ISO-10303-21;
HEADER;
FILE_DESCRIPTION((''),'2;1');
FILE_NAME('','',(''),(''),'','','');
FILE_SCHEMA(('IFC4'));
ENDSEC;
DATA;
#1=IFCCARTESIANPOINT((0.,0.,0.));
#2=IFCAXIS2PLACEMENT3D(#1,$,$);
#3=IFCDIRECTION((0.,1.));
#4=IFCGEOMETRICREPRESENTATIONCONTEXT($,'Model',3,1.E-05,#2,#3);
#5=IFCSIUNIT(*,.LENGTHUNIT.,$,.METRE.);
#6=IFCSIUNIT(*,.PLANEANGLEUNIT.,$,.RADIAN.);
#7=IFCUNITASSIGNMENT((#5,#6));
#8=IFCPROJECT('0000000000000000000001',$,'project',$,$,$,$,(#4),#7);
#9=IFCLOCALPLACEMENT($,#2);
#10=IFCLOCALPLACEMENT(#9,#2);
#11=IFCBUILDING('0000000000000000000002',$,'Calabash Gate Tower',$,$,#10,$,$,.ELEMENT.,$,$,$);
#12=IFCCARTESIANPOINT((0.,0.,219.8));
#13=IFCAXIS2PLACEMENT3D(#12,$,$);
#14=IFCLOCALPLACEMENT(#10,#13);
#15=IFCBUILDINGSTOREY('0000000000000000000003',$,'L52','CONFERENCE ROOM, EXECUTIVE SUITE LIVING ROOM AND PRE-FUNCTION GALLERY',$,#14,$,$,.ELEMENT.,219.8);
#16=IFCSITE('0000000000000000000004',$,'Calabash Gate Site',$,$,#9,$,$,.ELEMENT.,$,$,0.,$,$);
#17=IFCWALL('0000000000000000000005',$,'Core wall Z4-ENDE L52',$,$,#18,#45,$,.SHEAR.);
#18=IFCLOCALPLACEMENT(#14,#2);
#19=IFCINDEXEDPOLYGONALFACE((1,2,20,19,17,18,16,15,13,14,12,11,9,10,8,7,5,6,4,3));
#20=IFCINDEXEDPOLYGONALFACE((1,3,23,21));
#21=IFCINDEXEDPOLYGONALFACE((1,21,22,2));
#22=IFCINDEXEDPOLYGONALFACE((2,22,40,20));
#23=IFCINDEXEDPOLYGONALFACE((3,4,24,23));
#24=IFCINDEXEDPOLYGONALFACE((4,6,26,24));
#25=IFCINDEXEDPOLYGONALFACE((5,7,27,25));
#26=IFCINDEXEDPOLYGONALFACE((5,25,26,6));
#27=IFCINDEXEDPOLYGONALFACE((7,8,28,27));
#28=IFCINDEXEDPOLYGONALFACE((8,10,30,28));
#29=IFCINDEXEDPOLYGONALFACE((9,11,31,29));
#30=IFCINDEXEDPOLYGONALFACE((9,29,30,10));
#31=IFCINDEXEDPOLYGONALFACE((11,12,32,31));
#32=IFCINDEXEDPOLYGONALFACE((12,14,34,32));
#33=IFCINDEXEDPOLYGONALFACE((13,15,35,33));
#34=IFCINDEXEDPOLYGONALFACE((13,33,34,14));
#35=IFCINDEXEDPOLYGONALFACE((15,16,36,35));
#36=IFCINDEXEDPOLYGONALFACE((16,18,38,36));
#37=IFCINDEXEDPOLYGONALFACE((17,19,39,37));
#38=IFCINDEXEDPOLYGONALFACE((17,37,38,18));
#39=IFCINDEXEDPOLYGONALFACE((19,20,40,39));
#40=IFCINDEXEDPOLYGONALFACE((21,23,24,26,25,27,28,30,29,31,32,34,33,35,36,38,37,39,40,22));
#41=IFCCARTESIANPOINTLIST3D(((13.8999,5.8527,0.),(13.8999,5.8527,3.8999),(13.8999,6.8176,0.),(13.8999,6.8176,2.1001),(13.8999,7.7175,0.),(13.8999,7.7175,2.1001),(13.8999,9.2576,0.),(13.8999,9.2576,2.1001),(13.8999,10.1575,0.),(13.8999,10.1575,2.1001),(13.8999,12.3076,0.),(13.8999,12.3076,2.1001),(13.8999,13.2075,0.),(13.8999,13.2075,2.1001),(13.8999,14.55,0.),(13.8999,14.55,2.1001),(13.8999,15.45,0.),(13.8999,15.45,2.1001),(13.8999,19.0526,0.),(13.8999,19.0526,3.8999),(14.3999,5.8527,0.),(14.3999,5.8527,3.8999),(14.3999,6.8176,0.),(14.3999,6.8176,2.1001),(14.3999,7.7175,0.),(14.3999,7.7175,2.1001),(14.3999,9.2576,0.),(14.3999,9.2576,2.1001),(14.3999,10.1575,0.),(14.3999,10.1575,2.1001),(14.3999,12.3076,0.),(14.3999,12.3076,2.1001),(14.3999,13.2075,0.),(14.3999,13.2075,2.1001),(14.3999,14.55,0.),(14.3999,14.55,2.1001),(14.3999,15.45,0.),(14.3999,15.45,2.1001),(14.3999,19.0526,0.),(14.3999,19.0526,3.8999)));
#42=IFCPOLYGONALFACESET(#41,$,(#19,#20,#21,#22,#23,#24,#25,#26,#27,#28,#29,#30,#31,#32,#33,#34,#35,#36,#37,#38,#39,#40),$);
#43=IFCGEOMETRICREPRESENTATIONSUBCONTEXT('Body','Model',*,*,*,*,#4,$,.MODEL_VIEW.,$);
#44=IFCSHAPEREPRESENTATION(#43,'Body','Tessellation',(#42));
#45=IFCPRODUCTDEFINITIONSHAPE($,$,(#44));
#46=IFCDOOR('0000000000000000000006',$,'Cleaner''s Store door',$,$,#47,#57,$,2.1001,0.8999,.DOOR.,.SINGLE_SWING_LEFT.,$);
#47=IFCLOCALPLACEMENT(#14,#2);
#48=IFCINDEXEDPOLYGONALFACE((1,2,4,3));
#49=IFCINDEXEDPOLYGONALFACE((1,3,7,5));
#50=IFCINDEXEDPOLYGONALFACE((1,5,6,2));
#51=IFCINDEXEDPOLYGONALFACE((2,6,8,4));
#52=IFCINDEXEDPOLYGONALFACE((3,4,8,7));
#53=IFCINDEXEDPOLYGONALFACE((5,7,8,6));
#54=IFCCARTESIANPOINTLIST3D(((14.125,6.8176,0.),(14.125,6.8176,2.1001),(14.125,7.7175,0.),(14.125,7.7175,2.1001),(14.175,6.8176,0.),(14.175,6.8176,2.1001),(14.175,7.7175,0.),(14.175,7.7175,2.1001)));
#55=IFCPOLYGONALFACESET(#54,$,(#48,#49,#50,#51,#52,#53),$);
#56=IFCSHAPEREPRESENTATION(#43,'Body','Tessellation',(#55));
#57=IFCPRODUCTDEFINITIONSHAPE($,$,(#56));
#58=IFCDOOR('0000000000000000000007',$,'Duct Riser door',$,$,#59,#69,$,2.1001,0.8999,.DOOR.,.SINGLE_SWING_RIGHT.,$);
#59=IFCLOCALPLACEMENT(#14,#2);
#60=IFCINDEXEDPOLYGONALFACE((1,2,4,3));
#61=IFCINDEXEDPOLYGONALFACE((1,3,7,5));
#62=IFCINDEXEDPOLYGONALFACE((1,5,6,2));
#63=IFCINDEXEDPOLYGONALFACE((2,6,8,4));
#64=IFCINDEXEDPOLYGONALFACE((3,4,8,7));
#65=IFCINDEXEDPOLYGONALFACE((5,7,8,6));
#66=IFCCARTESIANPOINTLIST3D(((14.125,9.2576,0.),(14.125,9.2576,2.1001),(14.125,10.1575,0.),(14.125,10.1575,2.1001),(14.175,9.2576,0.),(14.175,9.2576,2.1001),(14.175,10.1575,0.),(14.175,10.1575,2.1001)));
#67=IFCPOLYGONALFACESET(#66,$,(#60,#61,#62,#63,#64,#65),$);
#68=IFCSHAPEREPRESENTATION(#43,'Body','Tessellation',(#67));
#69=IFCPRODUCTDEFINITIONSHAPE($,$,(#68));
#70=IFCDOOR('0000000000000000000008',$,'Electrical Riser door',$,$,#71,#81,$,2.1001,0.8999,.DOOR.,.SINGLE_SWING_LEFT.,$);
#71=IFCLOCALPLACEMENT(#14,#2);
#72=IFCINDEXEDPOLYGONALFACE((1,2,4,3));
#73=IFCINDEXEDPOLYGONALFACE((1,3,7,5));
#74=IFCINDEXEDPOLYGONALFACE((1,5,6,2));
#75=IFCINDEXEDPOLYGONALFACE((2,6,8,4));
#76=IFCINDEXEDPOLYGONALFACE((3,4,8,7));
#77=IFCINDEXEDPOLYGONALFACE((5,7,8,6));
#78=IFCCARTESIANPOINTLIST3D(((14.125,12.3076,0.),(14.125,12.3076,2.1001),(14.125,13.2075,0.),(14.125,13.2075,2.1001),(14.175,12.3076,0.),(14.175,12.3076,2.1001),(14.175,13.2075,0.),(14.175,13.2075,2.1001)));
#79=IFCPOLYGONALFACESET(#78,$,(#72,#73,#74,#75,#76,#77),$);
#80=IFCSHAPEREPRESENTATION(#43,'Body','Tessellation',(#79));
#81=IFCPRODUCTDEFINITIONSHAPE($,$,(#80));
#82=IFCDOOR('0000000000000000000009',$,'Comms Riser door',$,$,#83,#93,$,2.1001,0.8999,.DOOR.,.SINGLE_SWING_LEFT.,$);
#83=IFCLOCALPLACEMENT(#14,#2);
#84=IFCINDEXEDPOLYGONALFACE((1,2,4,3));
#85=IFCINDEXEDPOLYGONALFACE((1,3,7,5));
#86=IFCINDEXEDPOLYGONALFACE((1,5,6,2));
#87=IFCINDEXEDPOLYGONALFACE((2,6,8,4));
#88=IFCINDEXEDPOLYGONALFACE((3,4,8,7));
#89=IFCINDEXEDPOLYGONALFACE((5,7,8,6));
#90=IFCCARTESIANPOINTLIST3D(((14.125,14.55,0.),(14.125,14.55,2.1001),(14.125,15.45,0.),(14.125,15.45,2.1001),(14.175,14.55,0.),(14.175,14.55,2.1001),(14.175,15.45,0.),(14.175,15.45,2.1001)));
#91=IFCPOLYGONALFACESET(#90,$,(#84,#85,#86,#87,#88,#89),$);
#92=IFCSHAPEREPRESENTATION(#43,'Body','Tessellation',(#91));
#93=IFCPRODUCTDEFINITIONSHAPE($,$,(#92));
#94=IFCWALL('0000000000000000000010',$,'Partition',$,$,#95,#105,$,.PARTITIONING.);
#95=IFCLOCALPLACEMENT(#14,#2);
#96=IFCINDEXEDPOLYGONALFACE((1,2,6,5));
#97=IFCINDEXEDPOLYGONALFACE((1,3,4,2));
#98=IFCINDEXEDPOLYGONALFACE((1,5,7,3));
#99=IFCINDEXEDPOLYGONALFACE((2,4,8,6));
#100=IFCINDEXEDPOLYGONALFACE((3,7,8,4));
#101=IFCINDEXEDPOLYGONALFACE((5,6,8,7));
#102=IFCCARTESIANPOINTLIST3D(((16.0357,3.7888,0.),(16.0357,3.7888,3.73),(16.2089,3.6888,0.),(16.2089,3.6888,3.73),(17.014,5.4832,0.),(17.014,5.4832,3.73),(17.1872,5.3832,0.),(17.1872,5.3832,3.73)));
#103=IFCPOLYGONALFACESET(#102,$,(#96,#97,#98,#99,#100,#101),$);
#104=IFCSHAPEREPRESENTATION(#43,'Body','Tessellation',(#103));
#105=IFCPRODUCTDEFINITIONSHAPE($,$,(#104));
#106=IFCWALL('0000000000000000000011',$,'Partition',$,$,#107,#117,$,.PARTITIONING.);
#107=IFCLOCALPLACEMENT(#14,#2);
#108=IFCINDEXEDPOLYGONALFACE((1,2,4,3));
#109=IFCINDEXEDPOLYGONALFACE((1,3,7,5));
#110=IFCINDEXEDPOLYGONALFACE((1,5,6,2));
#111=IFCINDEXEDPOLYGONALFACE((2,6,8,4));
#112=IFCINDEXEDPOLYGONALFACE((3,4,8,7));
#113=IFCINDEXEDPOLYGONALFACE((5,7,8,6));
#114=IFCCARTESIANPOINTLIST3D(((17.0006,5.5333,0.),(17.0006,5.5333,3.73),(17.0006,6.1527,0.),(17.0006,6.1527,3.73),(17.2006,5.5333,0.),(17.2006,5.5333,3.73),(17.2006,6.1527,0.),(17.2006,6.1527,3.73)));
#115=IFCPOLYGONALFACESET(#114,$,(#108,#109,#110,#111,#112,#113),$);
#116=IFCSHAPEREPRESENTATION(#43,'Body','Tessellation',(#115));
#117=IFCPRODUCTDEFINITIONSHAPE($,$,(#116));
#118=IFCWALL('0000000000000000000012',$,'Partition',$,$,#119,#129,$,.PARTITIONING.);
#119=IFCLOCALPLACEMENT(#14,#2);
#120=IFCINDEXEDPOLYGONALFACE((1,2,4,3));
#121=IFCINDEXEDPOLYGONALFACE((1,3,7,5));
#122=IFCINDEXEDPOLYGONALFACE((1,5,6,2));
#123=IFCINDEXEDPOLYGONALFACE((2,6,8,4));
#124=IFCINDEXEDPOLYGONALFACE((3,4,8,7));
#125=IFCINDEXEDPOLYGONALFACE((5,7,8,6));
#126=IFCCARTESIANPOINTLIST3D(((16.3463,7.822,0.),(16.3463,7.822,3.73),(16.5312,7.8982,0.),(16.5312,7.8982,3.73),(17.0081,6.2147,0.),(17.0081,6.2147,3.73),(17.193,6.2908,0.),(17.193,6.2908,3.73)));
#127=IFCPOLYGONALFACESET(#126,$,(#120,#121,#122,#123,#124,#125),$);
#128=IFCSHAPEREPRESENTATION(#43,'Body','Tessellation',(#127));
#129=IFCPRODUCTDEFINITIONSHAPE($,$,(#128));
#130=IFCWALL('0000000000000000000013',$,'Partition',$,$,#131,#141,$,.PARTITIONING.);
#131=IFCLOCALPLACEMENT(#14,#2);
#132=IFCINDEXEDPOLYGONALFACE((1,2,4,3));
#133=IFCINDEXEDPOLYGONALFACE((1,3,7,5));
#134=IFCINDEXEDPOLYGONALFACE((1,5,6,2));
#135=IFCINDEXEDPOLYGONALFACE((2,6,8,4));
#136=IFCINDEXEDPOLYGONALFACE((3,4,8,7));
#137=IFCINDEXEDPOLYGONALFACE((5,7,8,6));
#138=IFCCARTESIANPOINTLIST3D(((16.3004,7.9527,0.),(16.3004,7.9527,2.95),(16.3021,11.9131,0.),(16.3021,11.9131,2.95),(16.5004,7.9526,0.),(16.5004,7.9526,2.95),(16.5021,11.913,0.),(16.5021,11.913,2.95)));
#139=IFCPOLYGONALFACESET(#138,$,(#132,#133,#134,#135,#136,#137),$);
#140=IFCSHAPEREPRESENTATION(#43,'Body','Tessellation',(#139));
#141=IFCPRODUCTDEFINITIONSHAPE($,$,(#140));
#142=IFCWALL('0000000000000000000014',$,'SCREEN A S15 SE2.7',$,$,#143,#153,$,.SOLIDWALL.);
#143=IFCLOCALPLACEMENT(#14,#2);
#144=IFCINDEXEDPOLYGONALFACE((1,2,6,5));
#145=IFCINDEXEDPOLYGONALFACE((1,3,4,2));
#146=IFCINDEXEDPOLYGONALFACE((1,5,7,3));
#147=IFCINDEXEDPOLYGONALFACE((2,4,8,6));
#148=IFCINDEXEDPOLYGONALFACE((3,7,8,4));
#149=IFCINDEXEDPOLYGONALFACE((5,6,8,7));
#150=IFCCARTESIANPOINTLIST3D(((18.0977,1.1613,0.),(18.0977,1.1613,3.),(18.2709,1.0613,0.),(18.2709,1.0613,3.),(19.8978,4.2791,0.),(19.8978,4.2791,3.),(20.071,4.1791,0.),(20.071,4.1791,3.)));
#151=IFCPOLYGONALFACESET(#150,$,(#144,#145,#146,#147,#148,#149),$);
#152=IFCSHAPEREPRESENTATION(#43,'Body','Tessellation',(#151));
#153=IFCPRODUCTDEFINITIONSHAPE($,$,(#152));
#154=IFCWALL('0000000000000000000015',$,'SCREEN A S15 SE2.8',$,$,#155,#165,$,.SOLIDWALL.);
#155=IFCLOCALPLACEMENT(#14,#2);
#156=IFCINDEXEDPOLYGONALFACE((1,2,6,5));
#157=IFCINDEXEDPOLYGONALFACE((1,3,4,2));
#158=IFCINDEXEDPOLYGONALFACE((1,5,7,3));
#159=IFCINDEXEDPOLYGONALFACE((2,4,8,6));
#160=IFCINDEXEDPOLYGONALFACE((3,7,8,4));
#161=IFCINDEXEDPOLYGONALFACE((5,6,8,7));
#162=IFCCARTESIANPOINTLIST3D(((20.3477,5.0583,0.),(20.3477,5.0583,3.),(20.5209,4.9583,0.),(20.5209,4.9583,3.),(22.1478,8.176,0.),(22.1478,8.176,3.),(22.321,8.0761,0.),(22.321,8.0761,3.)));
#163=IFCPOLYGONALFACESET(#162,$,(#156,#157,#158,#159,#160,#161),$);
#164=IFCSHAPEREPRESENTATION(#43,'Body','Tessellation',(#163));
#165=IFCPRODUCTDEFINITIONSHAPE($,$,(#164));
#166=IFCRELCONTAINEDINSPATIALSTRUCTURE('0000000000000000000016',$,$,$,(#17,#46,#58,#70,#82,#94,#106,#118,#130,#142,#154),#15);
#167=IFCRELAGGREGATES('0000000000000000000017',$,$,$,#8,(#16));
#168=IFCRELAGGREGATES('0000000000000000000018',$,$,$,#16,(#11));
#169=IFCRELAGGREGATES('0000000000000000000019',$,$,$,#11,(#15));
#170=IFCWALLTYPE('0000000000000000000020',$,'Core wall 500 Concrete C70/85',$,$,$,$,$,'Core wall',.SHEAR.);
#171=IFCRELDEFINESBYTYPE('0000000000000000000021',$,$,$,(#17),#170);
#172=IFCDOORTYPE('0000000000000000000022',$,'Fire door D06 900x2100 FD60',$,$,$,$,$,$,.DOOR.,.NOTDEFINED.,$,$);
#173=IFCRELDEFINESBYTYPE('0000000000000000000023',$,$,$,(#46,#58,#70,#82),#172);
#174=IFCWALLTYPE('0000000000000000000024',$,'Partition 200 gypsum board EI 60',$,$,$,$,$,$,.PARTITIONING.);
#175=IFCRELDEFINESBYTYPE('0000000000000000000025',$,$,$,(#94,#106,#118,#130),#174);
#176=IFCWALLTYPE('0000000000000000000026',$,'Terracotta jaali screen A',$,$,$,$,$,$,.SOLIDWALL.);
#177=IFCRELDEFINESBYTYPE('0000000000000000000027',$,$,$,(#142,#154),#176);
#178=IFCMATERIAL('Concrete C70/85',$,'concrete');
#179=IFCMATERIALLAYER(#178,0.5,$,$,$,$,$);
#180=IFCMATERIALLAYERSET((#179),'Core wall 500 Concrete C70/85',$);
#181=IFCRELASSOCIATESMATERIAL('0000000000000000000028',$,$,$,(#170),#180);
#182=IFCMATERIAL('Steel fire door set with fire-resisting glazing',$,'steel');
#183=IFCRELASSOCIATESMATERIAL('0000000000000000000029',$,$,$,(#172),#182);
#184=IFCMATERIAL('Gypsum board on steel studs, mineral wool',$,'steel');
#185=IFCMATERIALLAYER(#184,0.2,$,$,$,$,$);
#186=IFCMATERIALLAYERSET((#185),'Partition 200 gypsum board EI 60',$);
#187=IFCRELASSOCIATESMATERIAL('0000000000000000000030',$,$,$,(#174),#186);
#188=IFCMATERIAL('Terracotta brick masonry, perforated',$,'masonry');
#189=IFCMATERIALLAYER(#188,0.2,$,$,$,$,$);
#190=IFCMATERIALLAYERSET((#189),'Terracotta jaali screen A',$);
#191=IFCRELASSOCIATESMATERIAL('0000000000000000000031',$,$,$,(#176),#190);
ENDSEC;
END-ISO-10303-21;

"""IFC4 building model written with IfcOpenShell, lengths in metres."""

from ifc_helpers import new_model, si_unit, direction, frame, frame_2d, origin, place, context, subcontext, project, spatial, rectangle, extrude, material, layer, layer_set, type_object, element, fill, save


model = new_model("IFC4")

# Units and contexts
model_context = context("Model", 3, precision=1e-05, world=origin(), true_north=direction((0.0, 1.0)))
body_context = subcontext(model_context, "Body", "Model", "MODEL_VIEW")
ifc_project = project(units=[si_unit("LENGTHUNIT", "METRE"), si_unit("PLANEANGLEUNIT", "RADIAN")], contexts=[model_context])

# Site, building, storey
site_placement = place(None, origin())
site = spatial("IfcSite", under=ifc_project, at=site_placement, Name="Calabash Gate Site", CompositionType="ELEMENT", RefElevation=0.0)
building_placement = place(site_placement, origin())
building = spatial("IfcBuilding", under=site, at=building_placement, Name="Calabash Gate Tower", CompositionType="ELEMENT")
storey_placement = place(building_placement, frame((0.0, 0.0, 219.8)))
storey = spatial("IfcBuildingStorey", under=building, at=storey_placement, Name="L52", Description="CONFERENCE ROOM, EXECUTIVE SUITE LIVING ROOM AND PRE-FUNCTION GALLERY", CompositionType="ELEMENT", Elevation=219.8)

# Wall, openings, doors
ifc_material_1 = material(Name="Concrete C70/85", Category="concrete")
ifc_layer_1 = layer(ifc_material_1, 0.5)
ifc_layer_set_1 = layer_set([ifc_layer_1], Name="Core wall 500 Concrete C70/85")
wall_type_1 = type_object("IfcWallType", Name="Core wall 500 Concrete C70/85", ElementType="Core wall", PredefinedType="SHEAR", material=ifc_layer_set_1)
wall_1_placement = place(storey_placement, frame((14.1499, 5.8525, 0.0), z_axis=(0.0, 0.0, 1.0), x_axis=(0.0, 1.0, 0.0)))
wall_1 = element("IfcWall", 1, at=wall_1_placement, inside=storey, type_object=wall_type_1, Name="Core wall Z4-ENDE L52", PredefinedType="SHEAR", context=body_context, shape_type="SweptSolid", body=[
    extrude(rectangle(XDim=13.2, YDim=0.5, at=frame_2d((6.6001, 0.0))), origin(), (0.0, 0.0, 1.0), 3.8999),
])
opening_1_placement = place(wall_1_placement, frame((0.9651, 0.0, 0.0)))
opening_1 = element("IfcOpeningElement", 2, at=opening_1_placement, cuts=wall_1, PredefinedType="OPENING", context=body_context, shape_type="SweptSolid", body=[
    extrude(rectangle(XDim=0.8999, YDim=2.1001, at=frame_2d((0.45, 1.05))), frame((0.0, 0.26, 0.0), z_axis=(0.0, -1.0, 0.0), x_axis=(1.0, 0.0, 0.0)), (0.0, 0.0, 1.0), 0.52),
])
opening_2_placement = place(wall_1_placement, frame((3.405, 0.0, 0.0)))
opening_2 = element("IfcOpeningElement", 3, at=opening_2_placement, cuts=wall_1, PredefinedType="OPENING", context=body_context, shape_type="SweptSolid", body=[
    extrude(rectangle(XDim=0.8999, YDim=2.1001, at=frame_2d((0.45, 1.05))), frame((0.0, 0.26, 0.0), z_axis=(0.0, -1.0, 0.0), x_axis=(1.0, 0.0, 0.0)), (0.0, 0.0, 1.0), 0.52),
])
opening_3_placement = place(wall_1_placement, frame((6.4551, 0.0, 0.0)))
opening_3 = element("IfcOpeningElement", 4, at=opening_3_placement, cuts=wall_1, PredefinedType="OPENING", context=body_context, shape_type="SweptSolid", body=[
    extrude(rectangle(XDim=0.8999, YDim=2.1001, at=frame_2d((0.45, 1.05))), frame((0.0, 0.26, 0.0), z_axis=(0.0, -1.0, 0.0), x_axis=(1.0, 0.0, 0.0)), (0.0, 0.0, 1.0), 0.52),
])
opening_4_placement = place(wall_1_placement, frame((8.6975, 0.0, 0.0)))
opening_4 = element("IfcOpeningElement", 5, at=opening_4_placement, cuts=wall_1, PredefinedType="OPENING", context=body_context, shape_type="SweptSolid", body=[
    extrude(rectangle(XDim=0.8999, YDim=2.1001, at=frame_2d((0.45, 1.05))), frame((0.0, 0.26, 0.0), z_axis=(0.0, -1.0, 0.0), x_axis=(1.0, 0.0, 0.0)), (0.0, 0.0, 1.0), 0.52),
])
ifc_material_2 = material(Name="Steel fire door set with fire-resisting glazing", Category="steel")
door_type_1 = type_object("IfcDoorType", Name="Fire door D06 900x2100 FD60", OperationType="NOTDEFINED", PredefinedType="DOOR", material=ifc_material_2)
door_1_placement = place(opening_1_placement, origin())
door_1 = element("IfcDoor", 6, at=door_1_placement, inside=storey, type_object=door_type_1, Name="Cleaner's Store door", OperationType="SINGLE_SWING_LEFT", OverallHeight=2.1001, OverallWidth=0.8999, PredefinedType="DOOR", context=body_context, shape_type="SweptSolid", body=[
    extrude(rectangle(XDim=0.8999, YDim=2.1001, at=frame_2d((0.45, 1.05))), frame((0.0, 0.0249, 0.0), z_axis=(0.0, -1.0, 0.0), x_axis=(1.0, 0.0, 0.0)), (0.0, 0.0, 1.0), 0.05),
])
fill(opening_1, door_1)
door_2_placement = place(opening_2_placement, origin())
door_2 = element("IfcDoor", 7, at=door_2_placement, inside=storey, type_object=door_type_1, Name="Duct Riser door", OperationType="SINGLE_SWING_RIGHT", OverallHeight=2.1001, OverallWidth=0.8999, PredefinedType="DOOR", context=body_context, shape_type="SweptSolid", body=[
    extrude(rectangle(XDim=0.8999, YDim=2.1001, at=frame_2d((0.45, 1.05))), frame((0.0, 0.0249, 0.0), z_axis=(0.0, -1.0, 0.0), x_axis=(1.0, 0.0, 0.0)), (0.0, 0.0, 1.0), 0.05),
])
fill(opening_2, door_2)
door_3_placement = place(opening_3_placement, origin())
door_3 = element("IfcDoor", 8, at=door_3_placement, inside=storey, type_object=door_type_1, Name="Electrical Riser door", OperationType="SINGLE_SWING_LEFT", OverallHeight=2.1001, OverallWidth=0.8999, PredefinedType="DOOR", context=body_context, shape_type="SweptSolid", body=[
    extrude(rectangle(XDim=0.8999, YDim=2.1001, at=frame_2d((0.45, 1.05))), frame((0.0, 0.0249, 0.0), z_axis=(0.0, -1.0, 0.0), x_axis=(1.0, 0.0, 0.0)), (0.0, 0.0, 1.0), 0.05),
])
fill(opening_3, door_3)
door_4_placement = place(opening_4_placement, origin())
door_4 = element("IfcDoor", 9, at=door_4_placement, inside=storey, type_object=door_type_1, Name="Comms Riser door", OperationType="SINGLE_SWING_LEFT", OverallHeight=2.1001, OverallWidth=0.8999, PredefinedType="DOOR", context=body_context, shape_type="SweptSolid", body=[
    extrude(rectangle(XDim=0.8999, YDim=2.1001, at=frame_2d((0.45, 1.05))), frame((0.0, 0.0249, 0.0), z_axis=(0.0, -1.0, 0.0), x_axis=(1.0, 0.0, 0.0)), (0.0, 0.0, 1.0), 0.05),
])
fill(opening_4, door_4)

# Walls
ifc_material_3 = material(Name="Gypsum board on steel studs, mineral wool", Category="steel")
ifc_layer_2 = layer(ifc_material_3, 0.2)
ifc_layer_set_2 = layer_set([ifc_layer_2], Name="Partition 200 gypsum board EI 60")
wall_type_2 = type_object("IfcWallType", Name="Partition 200 gypsum board EI 60", PredefinedType="PARTITIONING", material=ifc_layer_set_2)
wall_2_placement = place(storey_placement, frame((16.1223, 3.7388, 0.0), z_axis=(0.0, 0.0, 1.0), x_axis=(0.500018, 0.866015, 0.0)))
element("IfcWall", 10, at=wall_2_placement, inside=storey, type_object=wall_type_2, Name="Partition", PredefinedType="PARTITIONING", context=body_context, shape_type="SweptSolid", body=[
    extrude(rectangle(XDim=1.9565, YDim=0.2, at=frame_2d((0.9783, 0.0))), origin(), (0.0, 0.0, 1.0), 3.73),
])
wall_3_placement = place(storey_placement, frame((17.1006, 6.1526, 0.0), z_axis=(0.0, 0.0, 1.0), x_axis=(0.0, -1.0, 0.0)))
element("IfcWall", 11, at=wall_3_placement, inside=storey, type_object=wall_type_2, Name="Partition", PredefinedType="PARTITIONING", context=body_context, shape_type="SweptSolid", body=[
    extrude(rectangle(XDim=0.6194, YDim=0.2, at=frame_2d((0.3096, 0.0))), origin(), (0.0, 0.0, 1.0), 3.73),
])
wall_4_placement = place(storey_placement, frame((16.4387, 7.8601, 0.0), z_axis=(0.0, 0.0, 1.0), x_axis=(0.380743, -0.924681, 0.0)))
element("IfcWall", 12, at=wall_4_placement, inside=storey, type_object=wall_type_2, Name="Partition", PredefinedType="PARTITIONING", context=body_context, shape_type="SweptSolid", body=[
    extrude(rectangle(XDim=1.7383, YDim=0.2, at=frame_2d((0.8691, 0.0))), origin(), (0.0, 0.0, 1.0), 3.73),
])
wall_5_placement = place(storey_placement, frame((16.4004, 7.9526, 0.0), z_axis=(0.0, 0.0, 1.0), x_axis=(0.000432, 1.0, 0.0)))
element("IfcWall", 13, at=wall_5_placement, inside=storey, type_object=wall_type_2, Name="Partition", PredefinedType="PARTITIONING", context=body_context, shape_type="SweptSolid", body=[
    extrude(rectangle(XDim=3.9604, YDim=0.2, at=frame_2d((1.9802, 0.0))), origin(), (0.0, 0.0, 1.0), 2.95),
])
ifc_material_4 = material(Name="Terracotta brick masonry, perforated", Category="masonry")
ifc_layer_3 = layer(ifc_material_4, 0.2)
ifc_layer_set_3 = layer_set([ifc_layer_3], Name="Terracotta jaali screen A")
wall_type_3 = type_object("IfcWallType", Name="Terracotta jaali screen A", PredefinedType="SOLIDWALL", material=ifc_layer_set_3)
for number, where, z_axis, x_axis, name in (
    (14, (18.1843, 1.1113, 0.0), (0.0, 0.0, 1.0), (0.500012, 0.866018, 0.0), "SCREEN A S15 SE2.7"),
    (15, (20.4343, 5.0083, 0.0), (0.0, 0.0, 1.0), (0.500012, 0.866018, 0.0), "SCREEN A S15 SE2.8"),
):
    element("IfcWall", number, at=place(storey_placement, frame(where, z_axis=z_axis, x_axis=x_axis)), inside=storey, type_object=wall_type_3, Name=name, PredefinedType="SOLIDWALL", context=body_context, shape_type="SweptSolid", body=[
        extrude(rectangle(XDim=3.6001, YDim=0.2, at=frame_2d((1.8, 0.0))), origin(), (0.0, 0.0, 1.0), 3.0),
    ])

save(model, "model.ifc")
